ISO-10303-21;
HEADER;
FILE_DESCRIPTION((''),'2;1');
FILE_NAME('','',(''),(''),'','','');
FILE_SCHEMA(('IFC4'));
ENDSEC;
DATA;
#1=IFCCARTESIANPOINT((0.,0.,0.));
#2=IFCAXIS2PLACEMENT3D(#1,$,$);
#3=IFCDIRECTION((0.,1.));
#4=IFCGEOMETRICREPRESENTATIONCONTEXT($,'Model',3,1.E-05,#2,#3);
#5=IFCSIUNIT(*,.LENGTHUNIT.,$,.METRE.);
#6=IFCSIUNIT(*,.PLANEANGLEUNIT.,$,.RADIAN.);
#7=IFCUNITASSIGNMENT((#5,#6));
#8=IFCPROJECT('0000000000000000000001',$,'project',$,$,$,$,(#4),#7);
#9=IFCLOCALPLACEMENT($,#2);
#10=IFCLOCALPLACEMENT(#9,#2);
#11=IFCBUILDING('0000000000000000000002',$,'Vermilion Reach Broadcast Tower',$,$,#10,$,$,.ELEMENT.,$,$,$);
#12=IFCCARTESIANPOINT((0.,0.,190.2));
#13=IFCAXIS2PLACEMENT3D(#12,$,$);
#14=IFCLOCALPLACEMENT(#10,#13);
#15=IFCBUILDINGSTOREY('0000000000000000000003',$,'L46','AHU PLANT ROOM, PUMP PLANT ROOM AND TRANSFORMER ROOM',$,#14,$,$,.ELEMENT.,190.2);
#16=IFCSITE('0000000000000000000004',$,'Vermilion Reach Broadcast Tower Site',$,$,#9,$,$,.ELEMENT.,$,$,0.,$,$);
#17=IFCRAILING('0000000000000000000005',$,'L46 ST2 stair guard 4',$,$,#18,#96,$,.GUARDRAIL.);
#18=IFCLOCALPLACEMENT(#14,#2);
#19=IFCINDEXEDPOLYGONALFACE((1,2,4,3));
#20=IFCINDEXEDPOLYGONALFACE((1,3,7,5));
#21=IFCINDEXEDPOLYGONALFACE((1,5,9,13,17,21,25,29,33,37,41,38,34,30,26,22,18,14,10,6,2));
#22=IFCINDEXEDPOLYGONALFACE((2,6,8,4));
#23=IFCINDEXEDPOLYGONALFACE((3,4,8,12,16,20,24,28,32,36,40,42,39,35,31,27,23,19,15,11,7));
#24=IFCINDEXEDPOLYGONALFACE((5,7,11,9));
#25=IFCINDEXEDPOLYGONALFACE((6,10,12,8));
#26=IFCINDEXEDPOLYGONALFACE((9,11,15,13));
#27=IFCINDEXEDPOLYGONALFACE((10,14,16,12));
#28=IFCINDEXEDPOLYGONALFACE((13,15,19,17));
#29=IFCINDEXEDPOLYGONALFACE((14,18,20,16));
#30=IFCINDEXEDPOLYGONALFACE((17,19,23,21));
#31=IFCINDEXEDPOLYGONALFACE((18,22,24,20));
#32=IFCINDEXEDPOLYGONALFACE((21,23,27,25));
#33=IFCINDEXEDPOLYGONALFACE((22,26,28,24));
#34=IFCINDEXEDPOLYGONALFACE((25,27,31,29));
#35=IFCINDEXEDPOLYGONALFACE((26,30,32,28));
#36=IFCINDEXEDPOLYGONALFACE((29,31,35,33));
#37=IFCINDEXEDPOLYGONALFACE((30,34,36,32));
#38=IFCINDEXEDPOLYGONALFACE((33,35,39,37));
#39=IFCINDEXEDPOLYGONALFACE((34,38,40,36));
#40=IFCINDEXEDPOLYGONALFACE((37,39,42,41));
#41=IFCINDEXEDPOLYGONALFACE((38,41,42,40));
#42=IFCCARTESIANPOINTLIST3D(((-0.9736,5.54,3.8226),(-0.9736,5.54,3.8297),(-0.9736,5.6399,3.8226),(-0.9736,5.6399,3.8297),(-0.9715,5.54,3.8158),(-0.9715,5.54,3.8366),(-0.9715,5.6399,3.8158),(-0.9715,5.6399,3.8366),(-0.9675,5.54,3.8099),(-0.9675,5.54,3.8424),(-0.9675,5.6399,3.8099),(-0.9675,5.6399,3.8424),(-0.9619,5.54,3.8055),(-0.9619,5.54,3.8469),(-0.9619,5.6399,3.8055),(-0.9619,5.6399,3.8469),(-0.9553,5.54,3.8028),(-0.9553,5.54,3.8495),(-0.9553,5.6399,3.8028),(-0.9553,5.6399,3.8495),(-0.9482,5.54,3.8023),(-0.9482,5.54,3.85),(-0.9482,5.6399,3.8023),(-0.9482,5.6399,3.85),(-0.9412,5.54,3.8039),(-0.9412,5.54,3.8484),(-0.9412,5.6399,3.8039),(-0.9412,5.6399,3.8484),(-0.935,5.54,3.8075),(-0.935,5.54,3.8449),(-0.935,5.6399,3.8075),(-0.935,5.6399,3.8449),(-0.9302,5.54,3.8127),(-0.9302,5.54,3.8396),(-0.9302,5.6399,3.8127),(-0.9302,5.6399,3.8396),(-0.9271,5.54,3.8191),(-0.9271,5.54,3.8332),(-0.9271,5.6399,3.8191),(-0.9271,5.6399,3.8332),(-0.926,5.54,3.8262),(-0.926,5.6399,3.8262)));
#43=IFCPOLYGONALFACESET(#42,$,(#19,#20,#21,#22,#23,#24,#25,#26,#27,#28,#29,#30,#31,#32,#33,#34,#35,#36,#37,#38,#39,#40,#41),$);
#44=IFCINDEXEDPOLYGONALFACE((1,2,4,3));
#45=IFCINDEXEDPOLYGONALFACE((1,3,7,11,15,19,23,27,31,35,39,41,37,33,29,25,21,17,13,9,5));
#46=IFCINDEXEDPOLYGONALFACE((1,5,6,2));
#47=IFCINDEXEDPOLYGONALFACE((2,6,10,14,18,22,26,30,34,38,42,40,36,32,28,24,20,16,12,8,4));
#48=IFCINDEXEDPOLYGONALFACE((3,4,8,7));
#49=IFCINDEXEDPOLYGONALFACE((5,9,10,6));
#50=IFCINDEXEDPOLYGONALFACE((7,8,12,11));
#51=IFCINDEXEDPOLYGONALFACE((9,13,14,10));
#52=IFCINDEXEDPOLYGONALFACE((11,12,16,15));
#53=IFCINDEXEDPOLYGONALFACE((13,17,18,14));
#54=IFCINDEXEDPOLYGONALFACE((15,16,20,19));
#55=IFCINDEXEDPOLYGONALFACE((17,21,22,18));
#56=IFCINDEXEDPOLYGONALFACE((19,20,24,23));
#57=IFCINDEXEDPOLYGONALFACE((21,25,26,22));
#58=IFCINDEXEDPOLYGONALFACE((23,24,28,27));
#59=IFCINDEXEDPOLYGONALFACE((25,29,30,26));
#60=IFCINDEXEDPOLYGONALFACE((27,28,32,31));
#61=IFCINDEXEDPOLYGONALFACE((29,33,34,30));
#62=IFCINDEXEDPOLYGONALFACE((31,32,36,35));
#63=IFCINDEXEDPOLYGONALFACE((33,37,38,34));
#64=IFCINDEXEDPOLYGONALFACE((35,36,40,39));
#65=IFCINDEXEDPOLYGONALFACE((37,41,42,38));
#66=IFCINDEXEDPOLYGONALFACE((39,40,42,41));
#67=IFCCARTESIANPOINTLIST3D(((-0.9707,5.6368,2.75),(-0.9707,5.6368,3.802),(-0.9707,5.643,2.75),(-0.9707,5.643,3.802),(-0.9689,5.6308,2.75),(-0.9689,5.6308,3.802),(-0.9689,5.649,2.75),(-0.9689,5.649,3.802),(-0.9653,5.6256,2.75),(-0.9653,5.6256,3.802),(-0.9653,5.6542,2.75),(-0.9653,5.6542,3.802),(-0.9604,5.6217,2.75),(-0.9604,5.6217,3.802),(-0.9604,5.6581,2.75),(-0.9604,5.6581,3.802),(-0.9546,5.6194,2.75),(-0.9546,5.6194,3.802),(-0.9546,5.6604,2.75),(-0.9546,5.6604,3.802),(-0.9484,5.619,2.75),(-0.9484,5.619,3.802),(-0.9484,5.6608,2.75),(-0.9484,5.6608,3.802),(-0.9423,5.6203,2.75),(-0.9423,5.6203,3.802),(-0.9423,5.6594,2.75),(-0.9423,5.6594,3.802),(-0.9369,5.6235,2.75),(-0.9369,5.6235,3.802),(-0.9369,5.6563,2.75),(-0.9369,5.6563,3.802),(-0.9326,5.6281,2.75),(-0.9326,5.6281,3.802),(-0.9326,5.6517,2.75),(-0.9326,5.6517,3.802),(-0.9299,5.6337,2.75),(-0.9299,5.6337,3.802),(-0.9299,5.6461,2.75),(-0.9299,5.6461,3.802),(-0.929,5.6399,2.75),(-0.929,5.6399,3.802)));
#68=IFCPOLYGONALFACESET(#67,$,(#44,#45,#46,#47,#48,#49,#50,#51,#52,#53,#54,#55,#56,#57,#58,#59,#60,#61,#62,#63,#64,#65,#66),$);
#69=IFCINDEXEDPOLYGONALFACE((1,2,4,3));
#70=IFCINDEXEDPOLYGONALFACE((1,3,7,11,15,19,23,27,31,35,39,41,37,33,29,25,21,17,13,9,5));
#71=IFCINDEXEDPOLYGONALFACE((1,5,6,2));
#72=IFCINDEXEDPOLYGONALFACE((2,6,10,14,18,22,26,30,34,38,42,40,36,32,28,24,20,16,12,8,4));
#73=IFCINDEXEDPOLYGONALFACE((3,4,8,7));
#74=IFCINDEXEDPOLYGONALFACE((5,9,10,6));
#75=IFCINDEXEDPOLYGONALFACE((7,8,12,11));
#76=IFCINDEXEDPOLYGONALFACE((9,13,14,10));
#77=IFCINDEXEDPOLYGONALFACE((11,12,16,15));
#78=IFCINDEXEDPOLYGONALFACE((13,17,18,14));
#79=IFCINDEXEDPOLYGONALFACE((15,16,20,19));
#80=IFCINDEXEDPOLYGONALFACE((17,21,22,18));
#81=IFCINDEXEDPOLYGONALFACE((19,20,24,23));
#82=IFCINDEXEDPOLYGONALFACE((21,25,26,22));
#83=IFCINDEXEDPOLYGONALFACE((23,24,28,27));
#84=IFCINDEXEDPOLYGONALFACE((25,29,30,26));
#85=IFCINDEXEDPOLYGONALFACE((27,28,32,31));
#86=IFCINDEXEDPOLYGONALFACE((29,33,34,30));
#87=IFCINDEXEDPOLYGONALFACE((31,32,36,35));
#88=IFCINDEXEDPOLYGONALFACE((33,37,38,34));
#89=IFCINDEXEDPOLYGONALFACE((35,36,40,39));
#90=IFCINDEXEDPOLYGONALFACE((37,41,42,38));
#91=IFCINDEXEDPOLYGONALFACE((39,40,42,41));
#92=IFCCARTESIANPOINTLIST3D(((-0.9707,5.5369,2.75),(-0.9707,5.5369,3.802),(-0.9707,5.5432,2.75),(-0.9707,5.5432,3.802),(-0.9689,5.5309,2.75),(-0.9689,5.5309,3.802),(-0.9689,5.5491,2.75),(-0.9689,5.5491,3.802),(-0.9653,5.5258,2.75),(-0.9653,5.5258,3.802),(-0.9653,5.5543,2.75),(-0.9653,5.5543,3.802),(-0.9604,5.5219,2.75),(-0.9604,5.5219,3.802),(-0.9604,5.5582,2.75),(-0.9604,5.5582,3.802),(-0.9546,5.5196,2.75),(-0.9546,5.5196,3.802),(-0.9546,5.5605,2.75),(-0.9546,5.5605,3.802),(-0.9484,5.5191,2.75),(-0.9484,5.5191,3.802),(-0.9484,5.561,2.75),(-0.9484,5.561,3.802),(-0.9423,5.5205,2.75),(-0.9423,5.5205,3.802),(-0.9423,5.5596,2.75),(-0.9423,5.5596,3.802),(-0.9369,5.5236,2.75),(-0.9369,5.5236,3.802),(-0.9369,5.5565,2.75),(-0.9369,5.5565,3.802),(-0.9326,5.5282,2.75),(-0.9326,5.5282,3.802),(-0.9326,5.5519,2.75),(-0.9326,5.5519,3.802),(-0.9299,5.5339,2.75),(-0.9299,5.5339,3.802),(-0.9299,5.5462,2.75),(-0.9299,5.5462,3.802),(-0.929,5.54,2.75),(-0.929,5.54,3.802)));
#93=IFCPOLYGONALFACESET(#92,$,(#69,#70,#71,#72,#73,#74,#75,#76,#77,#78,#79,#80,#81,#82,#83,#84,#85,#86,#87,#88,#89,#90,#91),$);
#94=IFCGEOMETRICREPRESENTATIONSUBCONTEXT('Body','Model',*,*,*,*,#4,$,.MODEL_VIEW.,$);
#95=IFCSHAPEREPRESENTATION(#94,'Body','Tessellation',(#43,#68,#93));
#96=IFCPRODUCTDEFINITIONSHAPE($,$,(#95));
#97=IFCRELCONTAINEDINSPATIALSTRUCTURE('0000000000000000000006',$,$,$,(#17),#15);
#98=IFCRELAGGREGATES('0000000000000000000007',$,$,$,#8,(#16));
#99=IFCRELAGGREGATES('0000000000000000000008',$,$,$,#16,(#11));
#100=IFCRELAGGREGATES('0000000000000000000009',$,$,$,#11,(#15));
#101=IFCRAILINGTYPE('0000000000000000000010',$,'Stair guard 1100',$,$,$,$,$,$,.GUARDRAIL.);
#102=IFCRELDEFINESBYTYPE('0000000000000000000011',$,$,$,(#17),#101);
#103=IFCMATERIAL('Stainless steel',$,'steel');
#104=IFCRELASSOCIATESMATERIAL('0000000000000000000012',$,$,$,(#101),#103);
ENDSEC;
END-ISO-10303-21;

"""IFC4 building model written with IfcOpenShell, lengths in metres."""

from ifc_helpers import new_model, si_unit, direction, frame, origin, origin_2d, place, context, subcontext, project, spatial, circle, extrude, material, type_object, element, save


model = new_model("IFC4")

# Units and contexts
model_context = context("Model", 3, precision=1e-05, world=origin(), true_north=direction((0.0, 1.0)))
body_context = subcontext(model_context, "Body", "Model", "MODEL_VIEW")
ifc_project = project(units=[si_unit("LENGTHUNIT", "METRE"), si_unit("PLANEANGLEUNIT", "RADIAN")], contexts=[model_context])

# Site, building, storey
site_placement = place(None, origin())
site = spatial("IfcSite", under=ifc_project, at=site_placement, Name="Vermilion Reach Broadcast Tower Site", CompositionType="ELEMENT", RefElevation=0.0)
building_placement = place(site_placement, origin())
building = spatial("IfcBuilding", under=site, at=building_placement, Name="Vermilion Reach Broadcast Tower", CompositionType="ELEMENT")
storey_placement = place(building_placement, frame((0.0, 0.0, 190.2)))
storey = spatial("IfcBuildingStorey", under=building, at=storey_placement, Name="L46", Description="AHU PLANT ROOM, PUMP PLANT ROOM AND TRANSFORMER ROOM", CompositionType="ELEMENT", Elevation=190.2)

# Railing
ifc_material_1 = material(Name="Stainless steel", Category="steel")
railing_type_1 = type_object("IfcRailingType", Name="Stair guard 1100", PredefinedType="GUARDRAIL", material=ifc_material_1)
railing_1_placement = place(storey_placement, frame((-0.95, 5.6399, 2.75)))
element("IfcRailing", 1, at=railing_1_placement, inside=storey, type_object=railing_type_1, Name="L46 ST2 stair guard 4", PredefinedType="GUARDRAIL", context=body_context, shape_type="SweptSolid", body=[
    extrude(circle(Radius=0.0239, at=origin_2d()), frame((0.0, 0.0, 1.0762), z_axis=(0.0, -1.0, 0.0), x_axis=(1.0, 0.0, 0.0)), (0.0, 0.0, 1.0), 0.0999),
    extrude(circle(Radius=0.021, at=origin_2d()), origin(), (0.0, 0.0, 1.0), 1.052),
    extrude(circle(Radius=0.021, at=origin_2d()), frame((0.0, -0.0999, 0.0)), (0.0, 0.0, 1.0), 1.052),
])

save(model, "model.ifc")
